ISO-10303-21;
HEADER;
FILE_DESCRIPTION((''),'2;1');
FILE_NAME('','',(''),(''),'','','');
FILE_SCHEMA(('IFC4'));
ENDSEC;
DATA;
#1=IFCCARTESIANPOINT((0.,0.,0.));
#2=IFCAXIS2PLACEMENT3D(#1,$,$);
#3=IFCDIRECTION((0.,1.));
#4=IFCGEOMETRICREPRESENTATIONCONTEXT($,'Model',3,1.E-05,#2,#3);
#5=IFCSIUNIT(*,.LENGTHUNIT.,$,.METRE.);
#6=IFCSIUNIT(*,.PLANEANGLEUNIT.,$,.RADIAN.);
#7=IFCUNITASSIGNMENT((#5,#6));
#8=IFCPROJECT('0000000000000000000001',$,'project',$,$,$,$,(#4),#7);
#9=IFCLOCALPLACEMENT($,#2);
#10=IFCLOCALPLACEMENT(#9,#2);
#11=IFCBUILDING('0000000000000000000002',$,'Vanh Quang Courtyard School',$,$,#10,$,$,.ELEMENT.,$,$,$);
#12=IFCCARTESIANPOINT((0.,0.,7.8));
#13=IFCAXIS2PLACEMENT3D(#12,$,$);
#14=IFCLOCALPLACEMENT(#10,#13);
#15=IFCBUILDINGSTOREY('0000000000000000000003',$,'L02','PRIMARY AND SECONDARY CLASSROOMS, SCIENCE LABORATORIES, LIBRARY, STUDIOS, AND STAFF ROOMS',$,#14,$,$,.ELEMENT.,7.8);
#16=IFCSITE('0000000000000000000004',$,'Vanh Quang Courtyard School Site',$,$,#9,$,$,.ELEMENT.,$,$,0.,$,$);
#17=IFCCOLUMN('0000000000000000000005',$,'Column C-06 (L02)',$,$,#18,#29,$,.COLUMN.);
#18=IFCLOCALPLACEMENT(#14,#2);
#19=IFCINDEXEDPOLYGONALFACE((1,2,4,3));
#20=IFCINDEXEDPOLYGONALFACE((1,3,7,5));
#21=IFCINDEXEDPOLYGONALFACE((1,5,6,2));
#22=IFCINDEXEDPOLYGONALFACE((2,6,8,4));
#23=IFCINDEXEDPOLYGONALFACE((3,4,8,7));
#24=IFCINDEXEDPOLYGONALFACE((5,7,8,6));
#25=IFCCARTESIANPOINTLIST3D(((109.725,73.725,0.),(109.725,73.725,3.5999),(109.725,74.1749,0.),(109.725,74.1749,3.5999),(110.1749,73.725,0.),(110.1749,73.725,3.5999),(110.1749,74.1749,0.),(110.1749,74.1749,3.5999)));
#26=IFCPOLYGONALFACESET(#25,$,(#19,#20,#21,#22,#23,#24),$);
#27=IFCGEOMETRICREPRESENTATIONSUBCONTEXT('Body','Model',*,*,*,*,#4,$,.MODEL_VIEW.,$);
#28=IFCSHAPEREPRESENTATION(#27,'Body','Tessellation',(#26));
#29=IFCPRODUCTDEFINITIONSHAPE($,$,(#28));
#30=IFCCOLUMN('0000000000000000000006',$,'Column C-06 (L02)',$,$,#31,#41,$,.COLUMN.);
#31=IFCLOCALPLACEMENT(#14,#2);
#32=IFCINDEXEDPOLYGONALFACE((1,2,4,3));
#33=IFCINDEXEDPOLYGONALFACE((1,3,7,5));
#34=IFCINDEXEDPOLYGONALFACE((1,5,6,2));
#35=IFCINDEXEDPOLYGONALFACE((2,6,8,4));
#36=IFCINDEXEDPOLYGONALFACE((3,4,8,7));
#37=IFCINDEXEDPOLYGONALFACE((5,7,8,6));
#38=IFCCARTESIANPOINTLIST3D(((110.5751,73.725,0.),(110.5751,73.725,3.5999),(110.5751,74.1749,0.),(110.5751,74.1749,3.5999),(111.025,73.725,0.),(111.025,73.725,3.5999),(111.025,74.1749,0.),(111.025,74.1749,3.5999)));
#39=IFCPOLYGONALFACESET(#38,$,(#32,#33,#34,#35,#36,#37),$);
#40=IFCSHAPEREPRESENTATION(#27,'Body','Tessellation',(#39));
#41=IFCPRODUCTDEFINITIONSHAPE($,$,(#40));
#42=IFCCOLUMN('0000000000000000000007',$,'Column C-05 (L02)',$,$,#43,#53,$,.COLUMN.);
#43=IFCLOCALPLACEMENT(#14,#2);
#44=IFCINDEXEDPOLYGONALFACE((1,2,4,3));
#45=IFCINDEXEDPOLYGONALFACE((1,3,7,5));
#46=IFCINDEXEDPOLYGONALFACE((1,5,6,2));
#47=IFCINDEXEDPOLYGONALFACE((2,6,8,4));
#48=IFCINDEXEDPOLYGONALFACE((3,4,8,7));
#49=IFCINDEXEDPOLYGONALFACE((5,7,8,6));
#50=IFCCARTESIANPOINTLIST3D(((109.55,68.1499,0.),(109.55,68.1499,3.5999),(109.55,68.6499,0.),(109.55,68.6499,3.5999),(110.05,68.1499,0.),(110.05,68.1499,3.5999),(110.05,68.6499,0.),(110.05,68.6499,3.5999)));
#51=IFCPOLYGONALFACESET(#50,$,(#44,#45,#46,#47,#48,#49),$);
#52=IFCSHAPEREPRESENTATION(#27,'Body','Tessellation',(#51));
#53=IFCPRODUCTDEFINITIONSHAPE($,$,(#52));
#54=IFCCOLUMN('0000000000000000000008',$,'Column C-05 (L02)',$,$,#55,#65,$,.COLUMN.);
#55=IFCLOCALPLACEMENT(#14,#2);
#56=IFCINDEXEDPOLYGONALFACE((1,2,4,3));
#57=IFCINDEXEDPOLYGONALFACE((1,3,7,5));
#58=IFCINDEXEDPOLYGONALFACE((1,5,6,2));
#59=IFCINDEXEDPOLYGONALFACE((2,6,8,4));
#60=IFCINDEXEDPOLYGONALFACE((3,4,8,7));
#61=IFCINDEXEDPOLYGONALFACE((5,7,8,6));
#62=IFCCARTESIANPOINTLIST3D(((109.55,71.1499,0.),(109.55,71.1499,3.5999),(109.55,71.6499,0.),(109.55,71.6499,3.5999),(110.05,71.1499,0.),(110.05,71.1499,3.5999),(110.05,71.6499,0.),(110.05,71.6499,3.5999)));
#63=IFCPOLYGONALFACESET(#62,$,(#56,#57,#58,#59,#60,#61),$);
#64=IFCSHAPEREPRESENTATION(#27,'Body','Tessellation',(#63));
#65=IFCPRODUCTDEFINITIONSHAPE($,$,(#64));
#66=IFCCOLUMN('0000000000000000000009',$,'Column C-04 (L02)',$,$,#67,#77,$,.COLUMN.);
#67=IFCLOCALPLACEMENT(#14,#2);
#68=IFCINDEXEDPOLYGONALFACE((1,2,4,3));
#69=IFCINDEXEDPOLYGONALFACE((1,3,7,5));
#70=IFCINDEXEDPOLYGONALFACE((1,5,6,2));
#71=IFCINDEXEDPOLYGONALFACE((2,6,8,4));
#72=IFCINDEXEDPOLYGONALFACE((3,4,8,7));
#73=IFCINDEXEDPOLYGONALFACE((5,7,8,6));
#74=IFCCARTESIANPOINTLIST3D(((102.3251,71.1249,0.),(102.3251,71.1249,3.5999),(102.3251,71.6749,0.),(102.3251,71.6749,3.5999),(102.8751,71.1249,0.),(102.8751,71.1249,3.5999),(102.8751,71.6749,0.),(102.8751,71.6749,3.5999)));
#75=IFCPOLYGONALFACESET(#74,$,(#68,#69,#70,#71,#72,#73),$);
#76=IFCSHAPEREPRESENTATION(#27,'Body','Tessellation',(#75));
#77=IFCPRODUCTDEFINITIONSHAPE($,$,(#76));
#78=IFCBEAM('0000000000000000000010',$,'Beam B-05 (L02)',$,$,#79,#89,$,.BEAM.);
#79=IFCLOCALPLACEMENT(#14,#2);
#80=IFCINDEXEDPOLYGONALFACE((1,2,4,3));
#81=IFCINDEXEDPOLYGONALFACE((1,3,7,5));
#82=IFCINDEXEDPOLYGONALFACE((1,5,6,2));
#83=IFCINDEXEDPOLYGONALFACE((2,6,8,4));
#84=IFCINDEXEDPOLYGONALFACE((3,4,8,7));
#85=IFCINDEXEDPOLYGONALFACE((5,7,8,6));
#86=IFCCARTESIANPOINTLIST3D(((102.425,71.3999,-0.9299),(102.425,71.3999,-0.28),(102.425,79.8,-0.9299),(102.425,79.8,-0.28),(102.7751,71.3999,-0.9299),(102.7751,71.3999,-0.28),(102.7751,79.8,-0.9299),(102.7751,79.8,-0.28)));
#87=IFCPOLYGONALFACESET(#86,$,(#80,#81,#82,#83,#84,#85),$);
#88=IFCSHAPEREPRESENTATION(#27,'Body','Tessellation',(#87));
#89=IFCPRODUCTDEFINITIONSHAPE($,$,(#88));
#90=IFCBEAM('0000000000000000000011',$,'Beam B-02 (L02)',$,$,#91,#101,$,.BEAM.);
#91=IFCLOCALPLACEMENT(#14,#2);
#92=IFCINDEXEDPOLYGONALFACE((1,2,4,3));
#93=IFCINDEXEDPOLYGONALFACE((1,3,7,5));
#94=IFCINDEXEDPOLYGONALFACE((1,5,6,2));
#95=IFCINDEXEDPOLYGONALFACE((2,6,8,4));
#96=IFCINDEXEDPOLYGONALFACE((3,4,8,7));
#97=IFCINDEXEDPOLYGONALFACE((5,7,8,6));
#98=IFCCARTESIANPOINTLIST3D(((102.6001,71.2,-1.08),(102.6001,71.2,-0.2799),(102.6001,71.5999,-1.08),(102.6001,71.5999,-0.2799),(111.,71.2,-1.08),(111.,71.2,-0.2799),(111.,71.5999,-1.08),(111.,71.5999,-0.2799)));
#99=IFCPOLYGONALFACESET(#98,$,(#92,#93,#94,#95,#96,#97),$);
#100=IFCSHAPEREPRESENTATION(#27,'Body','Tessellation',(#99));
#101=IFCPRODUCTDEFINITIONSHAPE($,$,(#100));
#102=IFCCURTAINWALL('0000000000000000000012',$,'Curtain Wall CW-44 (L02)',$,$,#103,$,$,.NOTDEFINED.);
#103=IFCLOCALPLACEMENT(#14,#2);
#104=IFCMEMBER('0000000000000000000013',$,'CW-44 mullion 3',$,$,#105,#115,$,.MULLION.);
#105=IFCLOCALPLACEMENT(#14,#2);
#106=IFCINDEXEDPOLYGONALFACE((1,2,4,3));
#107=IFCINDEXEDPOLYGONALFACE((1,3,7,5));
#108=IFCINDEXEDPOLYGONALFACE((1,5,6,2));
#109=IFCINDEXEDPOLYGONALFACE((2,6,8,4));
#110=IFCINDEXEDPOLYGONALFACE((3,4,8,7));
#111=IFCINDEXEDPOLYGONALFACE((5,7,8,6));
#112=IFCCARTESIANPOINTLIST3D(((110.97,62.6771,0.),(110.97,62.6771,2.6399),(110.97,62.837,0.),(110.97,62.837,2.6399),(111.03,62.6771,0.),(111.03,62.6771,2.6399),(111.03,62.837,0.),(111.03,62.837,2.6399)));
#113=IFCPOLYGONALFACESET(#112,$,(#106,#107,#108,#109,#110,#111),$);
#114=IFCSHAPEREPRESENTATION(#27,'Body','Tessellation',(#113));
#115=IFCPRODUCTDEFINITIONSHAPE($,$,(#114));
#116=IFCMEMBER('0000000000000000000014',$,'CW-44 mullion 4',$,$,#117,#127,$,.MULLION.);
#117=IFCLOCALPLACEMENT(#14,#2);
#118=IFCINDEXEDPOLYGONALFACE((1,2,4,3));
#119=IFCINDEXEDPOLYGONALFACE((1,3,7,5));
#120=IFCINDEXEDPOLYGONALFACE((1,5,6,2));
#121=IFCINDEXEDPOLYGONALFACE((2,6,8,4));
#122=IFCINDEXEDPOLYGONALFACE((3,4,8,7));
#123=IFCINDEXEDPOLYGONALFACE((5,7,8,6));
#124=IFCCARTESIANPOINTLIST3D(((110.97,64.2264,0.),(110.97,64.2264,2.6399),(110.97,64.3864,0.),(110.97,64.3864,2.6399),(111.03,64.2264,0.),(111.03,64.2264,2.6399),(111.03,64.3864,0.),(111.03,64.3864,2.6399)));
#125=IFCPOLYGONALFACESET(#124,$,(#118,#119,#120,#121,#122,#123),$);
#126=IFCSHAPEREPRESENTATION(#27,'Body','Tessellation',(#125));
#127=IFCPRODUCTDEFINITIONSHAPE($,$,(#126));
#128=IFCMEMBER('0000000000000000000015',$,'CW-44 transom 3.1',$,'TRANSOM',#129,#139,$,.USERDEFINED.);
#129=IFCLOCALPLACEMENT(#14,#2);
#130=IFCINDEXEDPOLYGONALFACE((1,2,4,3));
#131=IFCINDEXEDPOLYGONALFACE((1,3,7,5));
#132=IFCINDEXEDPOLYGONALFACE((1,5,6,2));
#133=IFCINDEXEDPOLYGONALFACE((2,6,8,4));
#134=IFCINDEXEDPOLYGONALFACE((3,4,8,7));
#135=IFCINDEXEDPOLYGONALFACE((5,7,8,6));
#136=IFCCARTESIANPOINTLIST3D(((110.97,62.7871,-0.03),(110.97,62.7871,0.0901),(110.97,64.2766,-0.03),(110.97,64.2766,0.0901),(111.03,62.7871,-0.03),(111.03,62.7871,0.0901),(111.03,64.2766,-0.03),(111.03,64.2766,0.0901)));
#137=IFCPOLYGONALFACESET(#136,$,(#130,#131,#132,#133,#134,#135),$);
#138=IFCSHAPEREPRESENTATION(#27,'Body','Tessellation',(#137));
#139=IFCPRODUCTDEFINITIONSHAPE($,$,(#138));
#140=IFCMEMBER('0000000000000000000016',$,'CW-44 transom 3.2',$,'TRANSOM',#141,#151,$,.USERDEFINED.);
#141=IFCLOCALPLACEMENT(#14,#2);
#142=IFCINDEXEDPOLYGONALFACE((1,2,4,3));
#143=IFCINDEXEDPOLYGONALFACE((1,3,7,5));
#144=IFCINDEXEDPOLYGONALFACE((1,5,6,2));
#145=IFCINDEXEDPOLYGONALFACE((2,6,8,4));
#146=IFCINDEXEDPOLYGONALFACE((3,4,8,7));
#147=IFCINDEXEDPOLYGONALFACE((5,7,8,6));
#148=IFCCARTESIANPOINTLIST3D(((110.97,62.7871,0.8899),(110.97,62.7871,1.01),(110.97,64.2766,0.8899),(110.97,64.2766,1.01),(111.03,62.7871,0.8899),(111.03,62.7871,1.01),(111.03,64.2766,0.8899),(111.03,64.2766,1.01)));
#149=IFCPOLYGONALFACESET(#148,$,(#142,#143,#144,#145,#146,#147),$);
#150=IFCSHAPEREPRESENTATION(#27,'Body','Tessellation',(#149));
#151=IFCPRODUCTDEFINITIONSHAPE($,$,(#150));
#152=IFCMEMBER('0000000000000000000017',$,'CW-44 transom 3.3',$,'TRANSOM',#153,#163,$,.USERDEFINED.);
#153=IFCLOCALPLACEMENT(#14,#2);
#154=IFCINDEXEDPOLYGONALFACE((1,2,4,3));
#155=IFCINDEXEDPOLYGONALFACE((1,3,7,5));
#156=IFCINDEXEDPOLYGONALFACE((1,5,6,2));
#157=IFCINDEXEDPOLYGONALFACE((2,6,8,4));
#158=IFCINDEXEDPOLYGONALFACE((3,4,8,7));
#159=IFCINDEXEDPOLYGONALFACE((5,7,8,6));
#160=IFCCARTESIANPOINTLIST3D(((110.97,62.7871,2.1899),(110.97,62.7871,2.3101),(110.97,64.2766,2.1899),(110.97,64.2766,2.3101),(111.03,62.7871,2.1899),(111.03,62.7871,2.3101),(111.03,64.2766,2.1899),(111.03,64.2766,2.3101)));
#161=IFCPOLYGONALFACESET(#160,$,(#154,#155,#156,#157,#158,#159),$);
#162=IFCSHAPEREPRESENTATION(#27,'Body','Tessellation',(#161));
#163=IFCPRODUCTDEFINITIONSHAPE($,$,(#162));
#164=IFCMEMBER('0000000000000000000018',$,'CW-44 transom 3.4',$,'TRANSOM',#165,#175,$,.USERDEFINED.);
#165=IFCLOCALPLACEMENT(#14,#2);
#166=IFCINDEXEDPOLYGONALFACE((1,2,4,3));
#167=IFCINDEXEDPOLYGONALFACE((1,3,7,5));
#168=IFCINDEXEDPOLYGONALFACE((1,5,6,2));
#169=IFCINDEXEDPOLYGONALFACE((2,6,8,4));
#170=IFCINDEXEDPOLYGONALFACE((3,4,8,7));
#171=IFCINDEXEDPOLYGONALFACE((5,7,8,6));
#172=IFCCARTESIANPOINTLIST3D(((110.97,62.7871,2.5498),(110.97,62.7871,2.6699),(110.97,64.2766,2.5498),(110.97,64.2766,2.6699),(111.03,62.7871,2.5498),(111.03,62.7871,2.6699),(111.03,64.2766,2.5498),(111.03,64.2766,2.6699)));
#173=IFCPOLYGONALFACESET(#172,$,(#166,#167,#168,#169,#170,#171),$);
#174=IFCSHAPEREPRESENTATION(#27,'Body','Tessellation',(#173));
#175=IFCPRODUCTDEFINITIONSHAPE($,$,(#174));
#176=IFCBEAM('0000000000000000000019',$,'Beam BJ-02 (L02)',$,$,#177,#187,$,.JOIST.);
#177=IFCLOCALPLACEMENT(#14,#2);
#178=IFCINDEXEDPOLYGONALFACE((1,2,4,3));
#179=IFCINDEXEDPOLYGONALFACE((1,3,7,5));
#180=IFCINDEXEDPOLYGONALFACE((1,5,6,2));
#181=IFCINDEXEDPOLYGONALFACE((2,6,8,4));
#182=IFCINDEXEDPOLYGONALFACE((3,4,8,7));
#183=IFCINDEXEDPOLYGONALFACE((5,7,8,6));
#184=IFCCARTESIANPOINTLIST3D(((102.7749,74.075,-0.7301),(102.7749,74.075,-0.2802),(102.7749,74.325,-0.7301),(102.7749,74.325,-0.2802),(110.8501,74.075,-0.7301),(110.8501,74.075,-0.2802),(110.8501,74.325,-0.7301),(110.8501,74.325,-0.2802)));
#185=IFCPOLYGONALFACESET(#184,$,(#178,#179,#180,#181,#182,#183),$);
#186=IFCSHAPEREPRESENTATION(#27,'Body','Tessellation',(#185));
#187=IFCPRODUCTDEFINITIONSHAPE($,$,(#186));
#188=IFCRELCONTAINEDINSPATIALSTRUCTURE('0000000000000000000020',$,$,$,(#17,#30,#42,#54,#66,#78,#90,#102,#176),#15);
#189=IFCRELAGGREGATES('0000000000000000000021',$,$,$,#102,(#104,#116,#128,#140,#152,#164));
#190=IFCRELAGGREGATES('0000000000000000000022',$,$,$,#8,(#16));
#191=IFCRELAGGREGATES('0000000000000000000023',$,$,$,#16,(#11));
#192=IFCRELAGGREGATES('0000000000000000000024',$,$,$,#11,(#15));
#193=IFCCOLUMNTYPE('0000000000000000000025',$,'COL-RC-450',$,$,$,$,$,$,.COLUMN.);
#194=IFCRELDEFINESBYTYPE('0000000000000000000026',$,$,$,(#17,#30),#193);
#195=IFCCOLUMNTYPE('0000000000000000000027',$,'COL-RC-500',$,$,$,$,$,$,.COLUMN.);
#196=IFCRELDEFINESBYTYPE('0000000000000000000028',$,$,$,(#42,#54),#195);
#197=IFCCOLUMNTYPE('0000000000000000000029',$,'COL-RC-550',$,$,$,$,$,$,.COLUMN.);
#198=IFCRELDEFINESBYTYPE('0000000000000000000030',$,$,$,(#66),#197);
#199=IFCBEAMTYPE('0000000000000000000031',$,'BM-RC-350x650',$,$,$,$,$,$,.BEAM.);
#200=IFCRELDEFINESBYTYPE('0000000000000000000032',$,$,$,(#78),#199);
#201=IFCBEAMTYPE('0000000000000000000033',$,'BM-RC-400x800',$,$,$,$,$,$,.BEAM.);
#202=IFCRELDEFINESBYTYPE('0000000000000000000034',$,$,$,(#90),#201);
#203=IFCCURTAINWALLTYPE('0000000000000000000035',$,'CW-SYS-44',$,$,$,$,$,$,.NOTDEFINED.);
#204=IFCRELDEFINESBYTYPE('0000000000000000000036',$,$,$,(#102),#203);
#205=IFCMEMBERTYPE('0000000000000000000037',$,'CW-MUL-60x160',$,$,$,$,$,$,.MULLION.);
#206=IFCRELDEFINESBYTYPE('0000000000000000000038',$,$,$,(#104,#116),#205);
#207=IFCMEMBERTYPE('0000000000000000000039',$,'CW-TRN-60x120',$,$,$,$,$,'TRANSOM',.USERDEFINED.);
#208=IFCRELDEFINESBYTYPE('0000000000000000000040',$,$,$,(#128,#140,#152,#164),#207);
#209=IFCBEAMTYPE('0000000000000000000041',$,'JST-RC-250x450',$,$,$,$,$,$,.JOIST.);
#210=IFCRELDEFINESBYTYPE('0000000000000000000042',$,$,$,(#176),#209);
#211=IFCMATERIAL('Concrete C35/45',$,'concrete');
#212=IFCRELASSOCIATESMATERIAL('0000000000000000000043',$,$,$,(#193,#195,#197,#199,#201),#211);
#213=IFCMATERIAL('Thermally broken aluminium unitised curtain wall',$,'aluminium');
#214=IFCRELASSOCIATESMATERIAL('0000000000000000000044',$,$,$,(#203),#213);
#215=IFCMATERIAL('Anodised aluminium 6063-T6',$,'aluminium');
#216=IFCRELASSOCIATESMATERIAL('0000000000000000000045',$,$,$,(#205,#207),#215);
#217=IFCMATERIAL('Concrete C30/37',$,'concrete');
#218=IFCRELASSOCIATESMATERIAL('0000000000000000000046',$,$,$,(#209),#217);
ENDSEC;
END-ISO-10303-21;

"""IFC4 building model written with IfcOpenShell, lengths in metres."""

from ifc_helpers import new_model, si_unit, direction, frame, origin, origin_2d, place, context, subcontext, project, spatial, rectangle, extrude, material, material_profile, profile_set, type_object, element, aggregate, save


model = new_model("IFC4")

# Units and contexts
model_context = context("Model", 3, precision=1e-05, world=origin(), true_north=direction((0.0, 1.0)))
body_context = subcontext(model_context, "Body", "Model", "MODEL_VIEW")
ifc_project = project(units=[si_unit("LENGTHUNIT", "METRE"), si_unit("PLANEANGLEUNIT", "RADIAN")], contexts=[model_context])

# Site, building, storey
site_placement = place(None, origin())
site = spatial("IfcSite", under=ifc_project, at=site_placement, Name="Vanh Quang Courtyard School Site", CompositionType="ELEMENT", RefElevation=0.0)
building_placement = place(site_placement, origin())
building = spatial("IfcBuilding", under=site, at=building_placement, Name="Vanh Quang Courtyard School", CompositionType="ELEMENT")
storey_placement = place(building_placement, frame((0.0, 0.0, 7.8)))
storey = spatial("IfcBuildingStorey", under=building, at=storey_placement, Name="L02", Description="PRIMARY AND SECONDARY CLASSROOMS, SCIENCE LABORATORIES, LIBRARY, STUDIOS, AND STAFF ROOMS", CompositionType="ELEMENT", Elevation=7.8)

# Columns
ifc_material_1 = material(Name="Concrete C35/45", Category="concrete")
ifc_material_profile_1 = material_profile(ifc_material_1, rectangle(XDim=0.45, YDim=0.45, at=origin_2d()), Name="RC-COL 450x450")
ifc_profile_set_1 = profile_set([ifc_material_profile_1], Name="Concrete C35/45")
column_type_1 = type_object("IfcColumnType", Name="COL-RC-450", PredefinedType="COLUMN", material=ifc_profile_set_1)
for number, where, z_axis, x_axis, name in (
    (1, (109.95, 73.95, 0.0), (0.0, 0.0, 1.0), (1.0, 0.0, 0.0), "Column C-06 (L02)"),
    (2, (110.8, 73.95, 0.0), (0.0, 0.0, 1.0), (1.0, 0.0, 0.0), "Column C-06 (L02)"),
):
    element("IfcColumn", number, at=place(storey_placement, frame(where, z_axis=z_axis, x_axis=x_axis)), inside=storey, type_object=column_type_1, Name=name, PredefinedType="COLUMN", context=body_context, shape_type="SweptSolid", body=[
        extrude(rectangle(XDim=0.45, YDim=0.45, at=origin_2d()), origin(), (0.0, 0.0, 1.0), 3.5999),
    ])
ifc_material_profile_2 = material_profile(ifc_material_1, rectangle(XDim=0.5, YDim=0.5, at=origin_2d()), Name="RC-COL 500x500")
ifc_profile_set_2 = profile_set([ifc_material_profile_2], Name="Concrete C35/45")
column_type_2 = type_object("IfcColumnType", Name="COL-RC-500", PredefinedType="COLUMN", material=ifc_profile_set_2)
for number, where, z_axis, x_axis, name in (
    (3, (109.8, 68.3999, 0.0), (0.0, 0.0, 1.0), (1.0, 0.0, 0.0), "Column C-05 (L02)"),
    (4, (109.8, 71.3999, 0.0), (0.0, 0.0, 1.0), (1.0, 0.0, 0.0), "Column C-05 (L02)"),
):
    element("IfcColumn", number, at=place(storey_placement, frame(where, z_axis=z_axis, x_axis=x_axis)), inside=storey, type_object=column_type_2, Name=name, PredefinedType="COLUMN", context=body_context, shape_type="SweptSolid", body=[
        extrude(rectangle(XDim=0.5, YDim=0.5, at=origin_2d()), origin(), (0.0, 0.0, 1.0), 3.5999),
    ])
ifc_material_profile_3 = material_profile(ifc_material_1, rectangle(XDim=0.55, YDim=0.55, at=origin_2d()), Name="RC-COL 550x550")
ifc_profile_set_3 = profile_set([ifc_material_profile_3], Name="Concrete C35/45")
column_type_3 = type_object("IfcColumnType", Name="COL-RC-550", PredefinedType="COLUMN", material=ifc_profile_set_3)
column_placement = place(storey_placement, frame((102.6001, 71.3999, 0.0), z_axis=(0.0, 0.0, 1.0), x_axis=(1.0, 0.0, 0.0)))
element("IfcColumn", 5, at=column_placement, inside=storey, type_object=column_type_3, Name="Column C-04 (L02)", PredefinedType="COLUMN", context=body_context, shape_type="SweptSolid", body=[
    extrude(rectangle(XDim=0.55, YDim=0.55, at=origin_2d()), origin(), (0.0, 0.0, 1.0), 3.5999),
])

# Beams
ifc_material_profile_4 = material_profile(ifc_material_1, rectangle(XDim=0.3501, YDim=0.6499, at=origin_2d()), Name="RC-BM 350x650")
ifc_profile_set_4 = profile_set([ifc_material_profile_4], Name="Concrete C35/45")
beam_type_1 = type_object("IfcBeamType", Name="BM-RC-350x650", PredefinedType="BEAM", material=ifc_profile_set_4)
beam_1_placement = place(storey_placement, frame((102.6001, 71.3999, -0.605), z_axis=(0.0, 1.0, 0.0), x_axis=(-1.0, 0.0, 0.0)))
element("IfcBeam", 6, at=beam_1_placement, inside=storey, type_object=beam_type_1, Name="Beam B-05 (L02)", PredefinedType="BEAM", context=body_context, shape_type="SweptSolid", body=[
    extrude(rectangle(XDim=0.3501, YDim=0.6499, at=origin_2d()), origin(), (0.0, 0.0, 1.0), 8.4001),
])
ifc_material_profile_5 = material_profile(ifc_material_1, rectangle(XDim=0.3999, YDim=0.8, at=origin_2d()), Name="RC-BM 400x800")
ifc_profile_set_5 = profile_set([ifc_material_profile_5], Name="Concrete C35/45")
beam_type_2 = type_object("IfcBeamType", Name="BM-RC-400x800", PredefinedType="BEAM", material=ifc_profile_set_5)
beam_2_placement = place(storey_placement, frame((102.6001, 71.3999, -0.6799), z_axis=(1.0, 0.0, 0.0), x_axis=(0.0, 1.0, 0.0)))
element("IfcBeam", 7, at=beam_2_placement, inside=storey, type_object=beam_type_2, Name="Beam B-02 (L02)", PredefinedType="BEAM", context=body_context, shape_type="SweptSolid", body=[
    extrude(rectangle(XDim=0.3999, YDim=0.8, at=origin_2d()), origin(), (0.0, 0.0, 1.0), 8.3999),
])

# Curtain wall, members
ifc_material_2 = material(Name="Thermally broken aluminium unitised curtain wall", Category="aluminium")
curtain_wall_type = type_object("IfcCurtainWallType", Name="CW-SYS-44", PredefinedType="NOTDEFINED", material=ifc_material_2)
curtain_wall_placement = place(storey_placement, origin())
curtain_wall = element("IfcCurtainWall", 8, at=curtain_wall_placement, inside=storey, type_object=curtain_wall_type, Name="Curtain Wall CW-44 (L02)", PredefinedType="NOTDEFINED")
ifc_material_3 = material(Name="Anodised aluminium 6063-T6", Category="aluminium")
ifc_material_profile_6 = material_profile(ifc_material_3, rectangle(XDim=0.0601, YDim=0.1599, at=origin_2d()), Name="ALU-MUL 60x160")
ifc_profile_set_6 = profile_set([ifc_material_profile_6], Name="Anodised aluminium 6063-T6")
member_type_1 = type_object("IfcMemberType", Name="CW-MUL-60x160", PredefinedType="MULLION", material=ifc_profile_set_6)
member_1_placement = place(storey_placement, frame((111.0, 62.7571, 0.0), z_axis=(0.0, 0.0, 1.0), x_axis=(-1.0, 0.0, 0.0)))
member_1 = element("IfcMember", 9, at=member_1_placement, type_object=member_type_1, Name="CW-44 mullion 3", PredefinedType="MULLION", context=body_context, shape_type="SweptSolid", body=[
    extrude(rectangle(XDim=0.0601, YDim=0.1599, at=origin_2d()), origin(), (0.0, 0.0, 1.0), 2.6399),
])
member_2_placement = place(storey_placement, frame((111.0, 64.3064, 0.0), z_axis=(0.0, 0.0, 1.0), x_axis=(-1.0, 0.0, 0.0)))
member_2 = element("IfcMember", 10, at=member_2_placement, type_object=member_type_1, Name="CW-44 mullion 4", PredefinedType="MULLION", context=body_context, shape_type="SweptSolid", body=[
    extrude(rectangle(XDim=0.0601, YDim=0.1599, at=origin_2d()), origin(), (0.0, 0.0, 1.0), 2.6399),
])
ifc_material_profile_7 = material_profile(ifc_material_3, rectangle(XDim=0.0601, YDim=0.1201, at=origin_2d()), Name="ALU-TRN 60x120")
ifc_profile_set_7 = profile_set([ifc_material_profile_7], Name="Anodised aluminium 6063-T6")
member_type_2 = type_object("IfcMemberType", Name="CW-TRN-60x120", ElementType="TRANSOM", PredefinedType="USERDEFINED", material=ifc_profile_set_7)
member_3_placement = place(storey_placement, frame((111.0, 62.7871, 0.03), z_axis=(0.0, 1.0, 0.0), x_axis=(-1.0, 0.0, 0.0)))
member_3 = element("IfcMember", 11, at=member_3_placement, type_object=member_type_2, Name="CW-44 transom 3.1", ObjectType="TRANSOM", PredefinedType="USERDEFINED", context=body_context, shape_type="SweptSolid", body=[
    extrude(rectangle(XDim=0.0601, YDim=0.1201, at=origin_2d()), origin(), (0.0, 0.0, 1.0), 1.4895),
])
member_4_placement = place(storey_placement, frame((111.0, 62.7871, 0.95), z_axis=(0.0, 1.0, 0.0), x_axis=(-1.0, 0.0, 0.0)))
member_4 = element("IfcMember", 12, at=member_4_placement, type_object=member_type_2, Name="CW-44 transom 3.2", ObjectType="TRANSOM", PredefinedType="USERDEFINED", context=body_context, shape_type="SweptSolid", body=[
    extrude(rectangle(XDim=0.0601, YDim=0.1201, at=origin_2d()), origin(), (0.0, 0.0, 1.0), 1.4895),
])
member_5_placement = place(storey_placement, frame((111.0, 62.7871, 2.25), z_axis=(0.0, 1.0, 0.0), x_axis=(-1.0, 0.0, 0.0)))
member_5 = element("IfcMember", 13, at=member_5_placement, type_object=member_type_2, Name="CW-44 transom 3.3", ObjectType="TRANSOM", PredefinedType="USERDEFINED", context=body_context, shape_type="SweptSolid", body=[
    extrude(rectangle(XDim=0.0601, YDim=0.1201, at=origin_2d()), origin(), (0.0, 0.0, 1.0), 1.4895),
])
member_6_placement = place(storey_placement, frame((111.0, 62.7871, 2.6099), z_axis=(0.0, 1.0, 0.0), x_axis=(-1.0, 0.0, 0.0)))
member_6 = element("IfcMember", 14, at=member_6_placement, type_object=member_type_2, Name="CW-44 transom 3.4", ObjectType="TRANSOM", PredefinedType="USERDEFINED", context=body_context, shape_type="SweptSolid", body=[
    extrude(rectangle(XDim=0.0601, YDim=0.1201, at=origin_2d()), origin(), (0.0, 0.0, 1.0), 1.4895),
])

# Beam
ifc_material_4 = material(Name="Concrete C30/37", Category="concrete")
ifc_material_profile_8 = material_profile(ifc_material_4, rectangle(XDim=0.25, YDim=0.45, at=origin_2d()), Name="RC-JST 250x450")
ifc_profile_set_8 = profile_set([ifc_material_profile_8], Name="Concrete C30/37")
beam_type_3 = type_object("IfcBeamType", Name="JST-RC-250x450", PredefinedType="JOIST", material=ifc_profile_set_8)
beam_3_placement = place(storey_placement, frame((102.7749, 74.2, -0.5051), z_axis=(1.0, 0.0, 0.0), x_axis=(0.0, 1.0, 0.0)))
element("IfcBeam", 15, at=beam_3_placement, inside=storey, type_object=beam_type_3, Name="Beam BJ-02 (L02)", PredefinedType="JOIST", context=body_context, shape_type="SweptSolid", body=[
    extrude(rectangle(XDim=0.25, YDim=0.45, at=origin_2d()), origin(), (0.0, 0.0, 1.0), 8.0752),
])

aggregate(curtain_wall, [member_1, member_2, member_3, member_4, member_5, member_6])

save(model, "model.ifc")
